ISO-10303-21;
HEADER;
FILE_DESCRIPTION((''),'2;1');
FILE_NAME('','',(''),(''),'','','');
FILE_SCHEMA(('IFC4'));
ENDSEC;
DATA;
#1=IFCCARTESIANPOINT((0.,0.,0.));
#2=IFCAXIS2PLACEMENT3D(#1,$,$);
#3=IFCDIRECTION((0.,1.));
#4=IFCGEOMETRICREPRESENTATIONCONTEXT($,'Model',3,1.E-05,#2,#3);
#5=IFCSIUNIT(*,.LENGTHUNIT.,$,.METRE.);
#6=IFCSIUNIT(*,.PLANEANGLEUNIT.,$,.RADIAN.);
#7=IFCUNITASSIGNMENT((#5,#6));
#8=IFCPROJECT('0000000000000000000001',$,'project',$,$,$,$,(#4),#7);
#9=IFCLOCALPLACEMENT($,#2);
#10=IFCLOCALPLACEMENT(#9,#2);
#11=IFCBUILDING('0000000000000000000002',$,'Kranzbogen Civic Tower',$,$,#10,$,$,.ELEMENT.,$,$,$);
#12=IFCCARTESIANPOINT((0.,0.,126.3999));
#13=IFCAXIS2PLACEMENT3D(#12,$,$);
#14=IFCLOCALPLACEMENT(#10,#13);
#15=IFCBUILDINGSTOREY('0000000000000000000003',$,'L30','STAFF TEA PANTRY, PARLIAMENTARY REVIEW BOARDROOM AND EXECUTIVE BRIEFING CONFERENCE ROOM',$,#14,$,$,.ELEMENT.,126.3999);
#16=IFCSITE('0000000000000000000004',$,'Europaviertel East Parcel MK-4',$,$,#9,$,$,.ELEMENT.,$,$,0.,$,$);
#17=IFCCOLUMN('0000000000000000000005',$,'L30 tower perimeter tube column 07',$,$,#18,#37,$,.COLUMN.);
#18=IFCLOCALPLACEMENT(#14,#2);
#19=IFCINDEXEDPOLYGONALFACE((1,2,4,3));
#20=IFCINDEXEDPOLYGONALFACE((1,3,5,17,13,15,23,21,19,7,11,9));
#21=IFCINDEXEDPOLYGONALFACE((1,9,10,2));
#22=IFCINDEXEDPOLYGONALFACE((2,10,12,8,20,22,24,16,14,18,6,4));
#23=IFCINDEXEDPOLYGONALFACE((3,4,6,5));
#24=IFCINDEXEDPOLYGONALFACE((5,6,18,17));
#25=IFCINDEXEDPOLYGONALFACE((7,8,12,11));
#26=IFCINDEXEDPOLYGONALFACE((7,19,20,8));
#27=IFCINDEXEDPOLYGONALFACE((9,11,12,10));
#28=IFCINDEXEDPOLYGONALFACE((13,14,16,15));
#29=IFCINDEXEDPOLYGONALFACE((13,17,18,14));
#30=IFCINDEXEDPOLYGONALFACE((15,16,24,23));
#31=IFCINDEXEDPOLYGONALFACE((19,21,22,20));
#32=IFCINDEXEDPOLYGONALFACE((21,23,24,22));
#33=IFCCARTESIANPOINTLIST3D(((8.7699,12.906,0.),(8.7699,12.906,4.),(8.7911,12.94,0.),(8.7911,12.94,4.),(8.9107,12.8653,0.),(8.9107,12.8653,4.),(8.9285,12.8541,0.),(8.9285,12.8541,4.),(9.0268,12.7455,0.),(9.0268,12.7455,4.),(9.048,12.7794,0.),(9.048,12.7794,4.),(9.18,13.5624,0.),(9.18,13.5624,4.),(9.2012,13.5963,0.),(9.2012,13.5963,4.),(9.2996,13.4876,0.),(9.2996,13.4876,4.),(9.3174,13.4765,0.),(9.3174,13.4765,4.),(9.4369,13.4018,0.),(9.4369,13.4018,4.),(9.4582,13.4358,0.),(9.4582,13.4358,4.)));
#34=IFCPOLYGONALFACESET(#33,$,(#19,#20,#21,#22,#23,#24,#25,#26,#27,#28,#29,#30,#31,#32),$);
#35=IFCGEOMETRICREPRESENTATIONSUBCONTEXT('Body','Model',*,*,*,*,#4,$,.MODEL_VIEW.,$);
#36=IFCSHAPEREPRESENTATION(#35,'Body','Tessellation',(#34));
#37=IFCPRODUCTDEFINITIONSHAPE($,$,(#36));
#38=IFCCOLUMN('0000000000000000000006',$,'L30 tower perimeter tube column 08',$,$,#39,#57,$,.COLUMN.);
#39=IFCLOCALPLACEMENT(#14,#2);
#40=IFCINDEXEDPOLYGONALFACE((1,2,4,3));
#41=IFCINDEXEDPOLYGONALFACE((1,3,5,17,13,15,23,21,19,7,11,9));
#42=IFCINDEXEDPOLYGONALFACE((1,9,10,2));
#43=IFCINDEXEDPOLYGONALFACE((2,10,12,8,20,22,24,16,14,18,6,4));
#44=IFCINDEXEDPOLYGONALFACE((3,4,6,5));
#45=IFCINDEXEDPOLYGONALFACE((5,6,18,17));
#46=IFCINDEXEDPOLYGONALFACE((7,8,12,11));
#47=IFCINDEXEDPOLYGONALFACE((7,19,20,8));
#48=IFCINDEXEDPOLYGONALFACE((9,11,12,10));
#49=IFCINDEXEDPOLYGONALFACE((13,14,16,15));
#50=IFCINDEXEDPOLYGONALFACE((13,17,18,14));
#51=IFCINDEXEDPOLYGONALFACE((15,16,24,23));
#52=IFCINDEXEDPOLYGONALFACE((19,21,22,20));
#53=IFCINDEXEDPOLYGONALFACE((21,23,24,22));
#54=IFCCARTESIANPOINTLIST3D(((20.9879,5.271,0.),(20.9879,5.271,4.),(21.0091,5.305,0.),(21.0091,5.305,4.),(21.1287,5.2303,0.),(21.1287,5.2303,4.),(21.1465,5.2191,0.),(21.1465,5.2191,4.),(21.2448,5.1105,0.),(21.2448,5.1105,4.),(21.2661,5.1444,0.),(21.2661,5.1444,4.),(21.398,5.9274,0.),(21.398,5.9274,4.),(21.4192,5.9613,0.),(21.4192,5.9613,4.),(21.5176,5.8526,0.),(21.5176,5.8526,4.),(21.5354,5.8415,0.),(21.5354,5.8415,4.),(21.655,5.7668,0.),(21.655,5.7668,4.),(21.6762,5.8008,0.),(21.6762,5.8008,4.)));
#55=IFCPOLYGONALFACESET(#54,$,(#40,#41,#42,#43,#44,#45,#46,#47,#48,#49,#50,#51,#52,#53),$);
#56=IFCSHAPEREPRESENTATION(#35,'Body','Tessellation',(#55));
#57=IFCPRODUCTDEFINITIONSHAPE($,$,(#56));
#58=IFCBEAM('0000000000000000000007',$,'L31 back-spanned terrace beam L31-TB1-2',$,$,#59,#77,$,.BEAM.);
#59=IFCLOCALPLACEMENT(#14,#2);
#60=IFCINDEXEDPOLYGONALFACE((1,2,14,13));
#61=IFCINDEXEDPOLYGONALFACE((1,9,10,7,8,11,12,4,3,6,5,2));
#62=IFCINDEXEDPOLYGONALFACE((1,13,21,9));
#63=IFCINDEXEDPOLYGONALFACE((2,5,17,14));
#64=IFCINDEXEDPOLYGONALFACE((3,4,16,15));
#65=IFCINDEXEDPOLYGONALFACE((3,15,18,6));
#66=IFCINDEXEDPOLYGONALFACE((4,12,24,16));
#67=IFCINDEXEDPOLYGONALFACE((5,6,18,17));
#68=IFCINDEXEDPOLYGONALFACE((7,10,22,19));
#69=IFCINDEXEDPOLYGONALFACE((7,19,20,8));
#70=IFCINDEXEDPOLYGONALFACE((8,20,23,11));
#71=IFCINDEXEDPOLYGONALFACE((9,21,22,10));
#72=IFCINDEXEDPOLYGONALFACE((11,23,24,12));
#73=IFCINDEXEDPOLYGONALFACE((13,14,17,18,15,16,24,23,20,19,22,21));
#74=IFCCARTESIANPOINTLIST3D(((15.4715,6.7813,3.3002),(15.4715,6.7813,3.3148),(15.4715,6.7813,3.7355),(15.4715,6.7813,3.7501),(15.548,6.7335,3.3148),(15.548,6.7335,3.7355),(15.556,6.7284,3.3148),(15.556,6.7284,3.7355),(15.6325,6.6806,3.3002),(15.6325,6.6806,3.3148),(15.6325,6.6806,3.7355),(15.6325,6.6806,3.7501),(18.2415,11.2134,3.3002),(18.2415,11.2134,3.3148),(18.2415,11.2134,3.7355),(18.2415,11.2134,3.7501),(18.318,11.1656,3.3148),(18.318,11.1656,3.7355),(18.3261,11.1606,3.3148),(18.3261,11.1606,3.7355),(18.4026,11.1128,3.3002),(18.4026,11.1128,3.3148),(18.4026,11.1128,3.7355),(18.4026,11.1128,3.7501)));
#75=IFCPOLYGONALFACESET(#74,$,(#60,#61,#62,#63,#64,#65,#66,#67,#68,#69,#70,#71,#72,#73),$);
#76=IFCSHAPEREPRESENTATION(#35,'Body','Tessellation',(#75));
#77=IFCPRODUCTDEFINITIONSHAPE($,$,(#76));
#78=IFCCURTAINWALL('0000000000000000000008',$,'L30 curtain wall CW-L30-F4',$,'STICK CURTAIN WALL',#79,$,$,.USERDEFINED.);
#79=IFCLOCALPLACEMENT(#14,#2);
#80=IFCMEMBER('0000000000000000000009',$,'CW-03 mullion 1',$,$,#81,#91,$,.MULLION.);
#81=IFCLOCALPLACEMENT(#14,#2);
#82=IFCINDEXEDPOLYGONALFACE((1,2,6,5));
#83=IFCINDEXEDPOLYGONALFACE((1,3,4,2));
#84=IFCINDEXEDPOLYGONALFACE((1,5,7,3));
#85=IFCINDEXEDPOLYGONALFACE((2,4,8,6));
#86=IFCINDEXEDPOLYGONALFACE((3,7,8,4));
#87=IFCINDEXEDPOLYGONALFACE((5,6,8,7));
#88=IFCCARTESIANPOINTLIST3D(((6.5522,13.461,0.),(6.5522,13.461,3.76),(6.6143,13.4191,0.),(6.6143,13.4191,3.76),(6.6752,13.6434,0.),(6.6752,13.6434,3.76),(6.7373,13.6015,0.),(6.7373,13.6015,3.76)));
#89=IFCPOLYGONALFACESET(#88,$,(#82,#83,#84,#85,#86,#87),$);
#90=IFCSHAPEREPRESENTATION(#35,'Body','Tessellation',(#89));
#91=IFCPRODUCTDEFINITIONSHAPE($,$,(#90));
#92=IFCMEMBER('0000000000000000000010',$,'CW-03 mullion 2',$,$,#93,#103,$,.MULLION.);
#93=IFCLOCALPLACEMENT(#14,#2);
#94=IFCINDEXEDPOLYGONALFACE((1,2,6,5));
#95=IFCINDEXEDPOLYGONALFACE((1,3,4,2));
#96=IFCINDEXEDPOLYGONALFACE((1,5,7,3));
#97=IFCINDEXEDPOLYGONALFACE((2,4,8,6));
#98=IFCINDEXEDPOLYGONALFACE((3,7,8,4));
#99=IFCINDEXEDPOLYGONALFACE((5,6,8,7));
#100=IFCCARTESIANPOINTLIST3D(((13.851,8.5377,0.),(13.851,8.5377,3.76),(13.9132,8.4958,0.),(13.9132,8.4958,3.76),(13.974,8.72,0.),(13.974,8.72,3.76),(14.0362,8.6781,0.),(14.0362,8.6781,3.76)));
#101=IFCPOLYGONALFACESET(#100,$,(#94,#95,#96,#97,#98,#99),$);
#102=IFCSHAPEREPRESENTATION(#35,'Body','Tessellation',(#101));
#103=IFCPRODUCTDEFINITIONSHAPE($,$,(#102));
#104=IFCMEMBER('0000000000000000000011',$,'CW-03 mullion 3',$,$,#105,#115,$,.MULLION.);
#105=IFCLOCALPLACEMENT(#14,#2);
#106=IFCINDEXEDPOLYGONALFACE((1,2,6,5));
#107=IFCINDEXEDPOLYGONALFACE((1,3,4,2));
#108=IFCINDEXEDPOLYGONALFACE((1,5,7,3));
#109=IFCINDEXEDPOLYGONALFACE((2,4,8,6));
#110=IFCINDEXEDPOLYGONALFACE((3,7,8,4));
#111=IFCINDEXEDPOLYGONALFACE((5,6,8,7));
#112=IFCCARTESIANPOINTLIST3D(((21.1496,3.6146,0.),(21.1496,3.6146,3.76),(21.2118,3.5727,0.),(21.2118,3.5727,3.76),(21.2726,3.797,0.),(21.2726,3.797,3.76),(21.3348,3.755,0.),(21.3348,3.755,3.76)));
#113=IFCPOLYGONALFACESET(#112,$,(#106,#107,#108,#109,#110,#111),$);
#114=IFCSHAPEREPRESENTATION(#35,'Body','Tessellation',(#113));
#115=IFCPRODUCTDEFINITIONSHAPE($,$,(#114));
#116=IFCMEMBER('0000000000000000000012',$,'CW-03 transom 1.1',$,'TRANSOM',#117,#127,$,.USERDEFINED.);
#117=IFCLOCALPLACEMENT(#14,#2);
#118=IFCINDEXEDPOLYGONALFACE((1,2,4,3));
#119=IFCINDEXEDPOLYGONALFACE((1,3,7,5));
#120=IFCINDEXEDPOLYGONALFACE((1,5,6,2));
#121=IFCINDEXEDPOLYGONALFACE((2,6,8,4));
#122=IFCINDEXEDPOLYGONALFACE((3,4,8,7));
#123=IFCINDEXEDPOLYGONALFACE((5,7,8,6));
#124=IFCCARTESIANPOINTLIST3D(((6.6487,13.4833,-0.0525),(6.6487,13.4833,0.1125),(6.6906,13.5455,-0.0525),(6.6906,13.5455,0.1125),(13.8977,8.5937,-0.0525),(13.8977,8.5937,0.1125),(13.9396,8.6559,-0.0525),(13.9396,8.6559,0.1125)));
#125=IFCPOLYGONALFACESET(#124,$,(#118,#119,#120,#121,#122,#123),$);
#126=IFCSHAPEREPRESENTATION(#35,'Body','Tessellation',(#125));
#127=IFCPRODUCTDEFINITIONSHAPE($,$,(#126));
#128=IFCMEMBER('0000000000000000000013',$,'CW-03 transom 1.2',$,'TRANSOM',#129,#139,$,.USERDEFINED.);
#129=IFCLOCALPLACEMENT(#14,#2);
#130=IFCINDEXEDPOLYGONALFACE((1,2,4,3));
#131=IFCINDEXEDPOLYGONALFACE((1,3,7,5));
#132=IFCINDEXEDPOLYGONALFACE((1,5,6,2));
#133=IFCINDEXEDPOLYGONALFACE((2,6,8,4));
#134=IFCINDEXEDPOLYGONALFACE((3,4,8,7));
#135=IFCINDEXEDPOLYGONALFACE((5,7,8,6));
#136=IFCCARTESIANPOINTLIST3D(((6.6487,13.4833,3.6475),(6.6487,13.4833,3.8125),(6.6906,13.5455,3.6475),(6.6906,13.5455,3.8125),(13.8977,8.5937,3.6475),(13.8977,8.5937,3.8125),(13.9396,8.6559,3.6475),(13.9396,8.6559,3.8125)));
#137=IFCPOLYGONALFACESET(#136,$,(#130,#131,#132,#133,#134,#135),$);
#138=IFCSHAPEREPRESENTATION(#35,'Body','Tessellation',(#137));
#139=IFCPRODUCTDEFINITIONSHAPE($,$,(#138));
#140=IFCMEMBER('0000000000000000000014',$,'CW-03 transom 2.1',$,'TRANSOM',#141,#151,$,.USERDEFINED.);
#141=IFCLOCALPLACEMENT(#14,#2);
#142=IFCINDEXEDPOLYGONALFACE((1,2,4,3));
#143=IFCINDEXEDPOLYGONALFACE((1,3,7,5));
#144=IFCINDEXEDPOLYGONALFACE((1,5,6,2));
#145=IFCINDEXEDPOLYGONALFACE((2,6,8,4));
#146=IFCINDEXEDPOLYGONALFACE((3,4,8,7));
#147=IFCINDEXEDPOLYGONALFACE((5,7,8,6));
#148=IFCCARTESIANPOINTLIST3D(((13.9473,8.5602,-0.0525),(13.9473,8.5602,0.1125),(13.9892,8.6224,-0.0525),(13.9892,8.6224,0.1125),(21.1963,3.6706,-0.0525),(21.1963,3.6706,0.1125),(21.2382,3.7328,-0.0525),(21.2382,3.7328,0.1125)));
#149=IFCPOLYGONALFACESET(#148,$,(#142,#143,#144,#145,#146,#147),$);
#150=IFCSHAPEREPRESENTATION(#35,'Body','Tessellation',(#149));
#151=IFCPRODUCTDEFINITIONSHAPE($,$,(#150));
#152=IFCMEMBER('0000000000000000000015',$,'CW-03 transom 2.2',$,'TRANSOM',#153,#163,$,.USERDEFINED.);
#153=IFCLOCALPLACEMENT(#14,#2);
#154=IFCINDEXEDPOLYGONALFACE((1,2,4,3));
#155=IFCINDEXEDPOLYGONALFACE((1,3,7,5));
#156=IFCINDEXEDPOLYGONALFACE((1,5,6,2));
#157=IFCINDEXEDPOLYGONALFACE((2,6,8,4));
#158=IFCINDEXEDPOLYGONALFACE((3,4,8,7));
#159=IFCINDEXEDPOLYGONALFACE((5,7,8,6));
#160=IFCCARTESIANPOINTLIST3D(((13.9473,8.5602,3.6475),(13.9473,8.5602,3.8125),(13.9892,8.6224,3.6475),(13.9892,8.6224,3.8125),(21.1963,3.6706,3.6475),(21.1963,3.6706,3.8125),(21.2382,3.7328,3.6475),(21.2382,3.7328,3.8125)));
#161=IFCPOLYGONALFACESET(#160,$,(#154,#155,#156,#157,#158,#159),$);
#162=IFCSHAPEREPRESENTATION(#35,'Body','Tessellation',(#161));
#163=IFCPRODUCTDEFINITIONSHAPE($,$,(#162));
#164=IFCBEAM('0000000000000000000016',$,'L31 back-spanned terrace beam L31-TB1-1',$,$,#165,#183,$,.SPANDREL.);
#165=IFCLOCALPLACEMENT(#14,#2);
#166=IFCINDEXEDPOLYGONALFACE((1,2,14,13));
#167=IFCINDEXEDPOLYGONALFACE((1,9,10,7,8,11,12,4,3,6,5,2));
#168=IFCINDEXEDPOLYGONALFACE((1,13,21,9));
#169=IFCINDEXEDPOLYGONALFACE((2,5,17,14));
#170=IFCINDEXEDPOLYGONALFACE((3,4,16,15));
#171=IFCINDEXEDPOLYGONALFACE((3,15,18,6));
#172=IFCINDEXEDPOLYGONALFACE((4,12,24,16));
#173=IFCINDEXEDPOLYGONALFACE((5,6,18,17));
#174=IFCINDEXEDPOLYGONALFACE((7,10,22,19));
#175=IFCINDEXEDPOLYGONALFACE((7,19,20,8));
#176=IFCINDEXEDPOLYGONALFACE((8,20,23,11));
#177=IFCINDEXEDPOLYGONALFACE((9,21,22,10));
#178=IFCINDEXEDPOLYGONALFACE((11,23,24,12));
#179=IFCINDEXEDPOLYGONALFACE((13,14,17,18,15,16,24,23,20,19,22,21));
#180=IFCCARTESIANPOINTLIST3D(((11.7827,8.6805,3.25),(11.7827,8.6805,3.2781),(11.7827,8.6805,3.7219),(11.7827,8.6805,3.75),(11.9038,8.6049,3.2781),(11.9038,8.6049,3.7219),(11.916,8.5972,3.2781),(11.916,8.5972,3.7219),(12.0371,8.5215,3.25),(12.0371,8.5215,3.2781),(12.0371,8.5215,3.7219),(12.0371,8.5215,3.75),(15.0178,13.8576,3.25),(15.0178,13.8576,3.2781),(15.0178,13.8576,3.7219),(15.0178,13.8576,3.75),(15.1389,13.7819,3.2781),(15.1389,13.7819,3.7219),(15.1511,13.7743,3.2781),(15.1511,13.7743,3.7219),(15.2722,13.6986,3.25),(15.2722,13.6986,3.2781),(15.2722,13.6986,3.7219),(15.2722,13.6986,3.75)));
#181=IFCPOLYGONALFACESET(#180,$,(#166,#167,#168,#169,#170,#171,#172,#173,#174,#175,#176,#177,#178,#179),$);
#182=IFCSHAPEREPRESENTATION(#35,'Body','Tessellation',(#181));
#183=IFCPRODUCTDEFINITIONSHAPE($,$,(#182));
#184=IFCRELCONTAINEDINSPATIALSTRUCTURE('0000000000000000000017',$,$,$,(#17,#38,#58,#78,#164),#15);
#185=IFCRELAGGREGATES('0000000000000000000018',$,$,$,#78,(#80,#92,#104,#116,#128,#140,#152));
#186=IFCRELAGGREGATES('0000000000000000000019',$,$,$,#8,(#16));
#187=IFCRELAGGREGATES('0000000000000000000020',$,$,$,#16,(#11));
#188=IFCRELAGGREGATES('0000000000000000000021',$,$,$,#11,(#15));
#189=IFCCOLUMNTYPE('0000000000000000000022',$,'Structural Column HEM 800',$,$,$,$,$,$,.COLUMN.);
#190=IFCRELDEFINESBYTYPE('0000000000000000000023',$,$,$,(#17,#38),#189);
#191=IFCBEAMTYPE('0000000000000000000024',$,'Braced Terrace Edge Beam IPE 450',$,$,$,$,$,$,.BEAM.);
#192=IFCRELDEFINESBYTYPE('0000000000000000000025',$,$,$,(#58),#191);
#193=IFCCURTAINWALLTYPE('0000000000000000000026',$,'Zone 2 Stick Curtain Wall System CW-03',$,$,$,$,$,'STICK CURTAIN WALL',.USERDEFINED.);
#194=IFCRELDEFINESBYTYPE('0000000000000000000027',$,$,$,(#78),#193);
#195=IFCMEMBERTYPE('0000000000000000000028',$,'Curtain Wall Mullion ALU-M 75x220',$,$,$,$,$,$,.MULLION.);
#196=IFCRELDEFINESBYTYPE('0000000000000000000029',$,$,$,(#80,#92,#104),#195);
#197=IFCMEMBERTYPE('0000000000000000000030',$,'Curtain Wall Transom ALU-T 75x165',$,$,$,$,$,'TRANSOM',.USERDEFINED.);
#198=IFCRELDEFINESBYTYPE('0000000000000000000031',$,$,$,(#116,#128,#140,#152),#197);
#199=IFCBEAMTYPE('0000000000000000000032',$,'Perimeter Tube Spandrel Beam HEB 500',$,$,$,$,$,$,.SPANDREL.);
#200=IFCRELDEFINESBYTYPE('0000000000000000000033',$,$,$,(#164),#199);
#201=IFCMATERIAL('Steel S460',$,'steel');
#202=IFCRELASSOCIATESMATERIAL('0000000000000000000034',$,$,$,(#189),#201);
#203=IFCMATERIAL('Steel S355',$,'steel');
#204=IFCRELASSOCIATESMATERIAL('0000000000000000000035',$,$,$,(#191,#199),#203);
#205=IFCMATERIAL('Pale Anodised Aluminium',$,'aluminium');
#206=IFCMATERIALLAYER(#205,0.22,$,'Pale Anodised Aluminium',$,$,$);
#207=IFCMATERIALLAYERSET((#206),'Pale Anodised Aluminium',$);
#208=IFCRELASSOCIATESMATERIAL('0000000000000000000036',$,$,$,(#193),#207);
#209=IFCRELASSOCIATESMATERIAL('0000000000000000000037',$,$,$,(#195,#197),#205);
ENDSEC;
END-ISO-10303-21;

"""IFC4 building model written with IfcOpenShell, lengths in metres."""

from ifc_helpers import new_model, si_unit, direction, frame, origin, origin_2d, place, context, subcontext, project, spatial, rectangle, i_section, extrude, material, layer, layer_set, material_profile, profile_set, type_object, element, aggregate, save


model = new_model("IFC4")

# Units and contexts
model_context = context("Model", 3, precision=1e-05, world=origin(), true_north=direction((0.0, 1.0)))
body_context = subcontext(model_context, "Body", "Model", "MODEL_VIEW")
ifc_project = project(units=[si_unit("LENGTHUNIT", "METRE"), si_unit("PLANEANGLEUNIT", "RADIAN")], contexts=[model_context])

# Site, building, storey
site_placement = place(None, origin())
site = spatial("IfcSite", under=ifc_project, at=site_placement, Name="Europaviertel East Parcel MK-4", CompositionType="ELEMENT", RefElevation=0.0)
building_placement = place(site_placement, origin())
building = spatial("IfcBuilding", under=site, at=building_placement, Name="Kranzbogen Civic Tower", CompositionType="ELEMENT")
storey_placement = place(building_placement, frame((0.0, 0.0, 126.3999)))
storey = spatial("IfcBuildingStorey", under=building, at=storey_placement, Name="L30", Description="STAFF TEA PANTRY, PARLIAMENTARY REVIEW BOARDROOM AND EXECUTIVE BRIEFING CONFERENCE ROOM", CompositionType="ELEMENT", Elevation=126.3999)

# Columns
ifc_material_1 = material(Name="Steel S460", Category="steel")
ifc_material_profile_1 = material_profile(ifc_material_1, i_section(OverallWidth=0.303, OverallDepth=0.814, WebThickness=0.021, FlangeThickness=0.04, at=origin_2d()), Name="HEM 800")
ifc_profile_set_1 = profile_set([ifc_material_profile_1], Name="Steel S460")
column_type = type_object("IfcColumnType", Name="Structural Column HEM 800", PredefinedType="COLUMN", material=ifc_profile_set_1)
for number, where, z_axis, x_axis, name in (
    (1, (9.114, 13.1709, 0.0), (0.0, 0.0, 1.0), (-0.848048, 0.529919, 0.0), "L30 tower perimeter tube column 07"),
    (2, (21.332, 5.5359, 0.0), (0.0, 0.0, 1.0), (-0.848048, 0.529919, 0.0), "L30 tower perimeter tube column 08"),
):
    element("IfcColumn", number, at=place(storey_placement, frame(where, z_axis=z_axis, x_axis=x_axis)), inside=storey, type_object=column_type, Name=name, PredefinedType="COLUMN", context=body_context, shape_type="SweptSolid", body=[
        extrude(i_section(OverallWidth=0.303, OverallDepth=0.814, WebThickness=0.021, FlangeThickness=0.04, at=origin_2d()), origin(), (0.0, 0.0, 1.0), 4.0),
    ])

# Beam
ifc_material_2 = material(Name="Steel S355", Category="steel")
ifc_material_profile_2 = material_profile(ifc_material_2, i_section(OverallWidth=0.1899, OverallDepth=0.45, WebThickness=0.0095, FlangeThickness=0.0146, at=origin_2d()), Name="IPE 450")
ifc_profile_set_2 = profile_set([ifc_material_profile_2], Name="Steel S355")
beam_type_1 = type_object("IfcBeamType", Name="Braced Terrace Edge Beam IPE 450", PredefinedType="BEAM", material=ifc_profile_set_2)
beam_1_placement = place(storey_placement, frame((18.322, 11.1631, 3.5251), z_axis=(-0.529991, -0.848004, 0.0), x_axis=(0.848004, -0.529991, 0.0)))
element("IfcBeam", 3, at=beam_1_placement, inside=storey, type_object=beam_type_1, Name="L31 back-spanned terrace beam L31-TB1-2", PredefinedType="BEAM", context=body_context, shape_type="SweptSolid", body=[
    extrude(i_section(OverallWidth=0.1899, OverallDepth=0.45, WebThickness=0.0095, FlangeThickness=0.0146, at=origin_2d()), origin(), (0.0, 0.0, 1.0), 5.2266),
])

# Curtain wall, members
ifc_material_3 = material(Name="Pale Anodised Aluminium", Category="aluminium")
ifc_layer_1 = layer(ifc_material_3, 0.22, Name="Pale Anodised Aluminium")
ifc_layer_set_1 = layer_set([ifc_layer_1], Name="Pale Anodised Aluminium")
curtain_wall_type = type_object("IfcCurtainWallType", Name="Zone 2 Stick Curtain Wall System CW-03", ElementType="STICK CURTAIN WALL", PredefinedType="USERDEFINED", material=ifc_layer_set_1)
curtain_wall_placement = place(storey_placement, origin())
curtain_wall = element("IfcCurtainWall", 4, at=curtain_wall_placement, inside=storey, type_object=curtain_wall_type, Name="L30 curtain wall CW-L30-F4", ObjectType="STICK CURTAIN WALL", PredefinedType="USERDEFINED")
ifc_material_profile_3 = material_profile(ifc_material_3, rectangle(XDim=0.075, YDim=0.22, at=origin_2d()), Name="ALU-M 75x220")
ifc_profile_set_3 = profile_set([ifc_material_profile_3], Name="Pale Anodised Aluminium")
member_type_1 = type_object("IfcMemberType", Name="Curtain Wall Mullion ALU-M 75x220", PredefinedType="MULLION", material=ifc_profile_set_3)
member_1_placement = place(storey_placement, frame((6.6448, 13.5312, 0.0), z_axis=(0.0, 0.0, 1.0), x_axis=(0.829025, -0.559211, 0.0)))
member_1 = element("IfcMember", 5, at=member_1_placement, type_object=member_type_1, Name="CW-03 mullion 1", PredefinedType="MULLION", context=body_context, shape_type="SweptSolid", body=[
    extrude(rectangle(XDim=0.075, YDim=0.22, at=origin_2d()), origin(), (0.0, 0.0, 1.0), 3.76),
])
member_2_placement = place(storey_placement, frame((13.9436, 8.6079, 0.0), z_axis=(0.0, 0.0, 1.0), x_axis=(0.829025, -0.559211, 0.0)))
member_2 = element("IfcMember", 6, at=member_2_placement, type_object=member_type_1, Name="CW-03 mullion 2", PredefinedType="MULLION", context=body_context, shape_type="SweptSolid", body=[
    extrude(rectangle(XDim=0.075, YDim=0.22, at=origin_2d()), origin(), (0.0, 0.0, 1.0), 3.76),
])
member_3_placement = place(storey_placement, frame((21.2422, 3.6848, 0.0), z_axis=(0.0, 0.0, 1.0), x_axis=(0.829025, -0.559211, 0.0)))
member_3 = element("IfcMember", 7, at=member_3_placement, type_object=member_type_1, Name="CW-03 mullion 3", PredefinedType="MULLION", context=body_context, shape_type="SweptSolid", body=[
    extrude(rectangle(XDim=0.075, YDim=0.22, at=origin_2d()), origin(), (0.0, 0.0, 1.0), 3.76),
])
ifc_material_profile_4 = material_profile(ifc_material_3, rectangle(XDim=0.075, YDim=0.165, at=origin_2d()), Name="ALU-T 75x165")
ifc_profile_set_4 = profile_set([ifc_material_profile_4], Name="Pale Anodised Aluminium")
member_type_2 = type_object("IfcMemberType", Name="Curtain Wall Transom ALU-T 75x165", ElementType="TRANSOM", PredefinedType="USERDEFINED", material=ifc_profile_set_4)
member_4_placement = place(storey_placement, frame((6.6697, 13.5144, 0.03), z_axis=(0.829031, -0.559202, 0.0), x_axis=(0.559202, 0.829031, 0.0)))
member_4 = element("IfcMember", 8, at=member_4_placement, type_object=member_type_2, Name="CW-03 transom 1.1", ObjectType="TRANSOM", PredefinedType="USERDEFINED", context=body_context, shape_type="SweptSolid", body=[
    extrude(rectangle(XDim=0.075, YDim=0.165, at=origin_2d()), origin(), (0.0, 0.0, 1.0), 8.7439),
])
member_5_placement = place(storey_placement, frame((6.6697, 13.5144, 3.73), z_axis=(0.829031, -0.559202, 0.0), x_axis=(0.559202, 0.829031, 0.0)))
member_5 = element("IfcMember", 9, at=member_5_placement, type_object=member_type_2, Name="CW-03 transom 1.2", ObjectType="TRANSOM", PredefinedType="USERDEFINED", context=body_context, shape_type="SweptSolid", body=[
    extrude(rectangle(XDim=0.075, YDim=0.165, at=origin_2d()), origin(), (0.0, 0.0, 1.0), 8.7439),
])
member_6_placement = place(storey_placement, frame((13.9683, 8.5913, 0.03), z_axis=(0.829031, -0.559202, 0.0), x_axis=(0.559202, 0.829031, 0.0)))
member_6 = element("IfcMember", 10, at=member_6_placement, type_object=member_type_2, Name="CW-03 transom 2.1", ObjectType="TRANSOM", PredefinedType="USERDEFINED", context=body_context, shape_type="SweptSolid", body=[
    extrude(rectangle(XDim=0.075, YDim=0.165, at=origin_2d()), origin(), (0.0, 0.0, 1.0), 8.7439),
])
member_7_placement = place(storey_placement, frame((13.9683, 8.5913, 3.73), z_axis=(0.829031, -0.559202, 0.0), x_axis=(0.559202, 0.829031, 0.0)))
member_7 = element("IfcMember", 11, at=member_7_placement, type_object=member_type_2, Name="CW-03 transom 2.2", ObjectType="TRANSOM", PredefinedType="USERDEFINED", context=body_context, shape_type="SweptSolid", body=[
    extrude(rectangle(XDim=0.075, YDim=0.165, at=origin_2d()), origin(), (0.0, 0.0, 1.0), 8.7439),
])

# Beam
ifc_material_profile_5 = material_profile(ifc_material_2, i_section(OverallWidth=0.3, OverallDepth=0.5, WebThickness=0.0144, FlangeThickness=0.0281, at=origin_2d()), Name="HEB 500")
ifc_profile_set_5 = profile_set([ifc_material_profile_5], Name="Steel S355")
beam_type_2 = type_object("IfcBeamType", Name="Perimeter Tube Spandrel Beam HEB 500", PredefinedType="SPANDREL", material=ifc_profile_set_5)
beam_2_placement = place(storey_placement, frame((15.145, 13.7781, 3.5), z_axis=(-0.529938, -0.848036, 0.0), x_axis=(0.848036, -0.529938, 0.0)))
element("IfcBeam", 12, at=beam_2_placement, inside=storey, type_object=beam_type_2, Name="L31 back-spanned terrace beam L31-TB1-1", PredefinedType="SPANDREL", context=body_context, shape_type="SweptSolid", body=[
    extrude(i_section(OverallWidth=0.3, OverallDepth=0.5, WebThickness=0.0144, FlangeThickness=0.0281, at=origin_2d()), origin(), (0.0, 0.0, 1.0), 6.1047),
])

aggregate(curtain_wall, [member_1, member_2, member_3, member_4, member_5, member_6, member_7])

save(model, "model.ifc")
